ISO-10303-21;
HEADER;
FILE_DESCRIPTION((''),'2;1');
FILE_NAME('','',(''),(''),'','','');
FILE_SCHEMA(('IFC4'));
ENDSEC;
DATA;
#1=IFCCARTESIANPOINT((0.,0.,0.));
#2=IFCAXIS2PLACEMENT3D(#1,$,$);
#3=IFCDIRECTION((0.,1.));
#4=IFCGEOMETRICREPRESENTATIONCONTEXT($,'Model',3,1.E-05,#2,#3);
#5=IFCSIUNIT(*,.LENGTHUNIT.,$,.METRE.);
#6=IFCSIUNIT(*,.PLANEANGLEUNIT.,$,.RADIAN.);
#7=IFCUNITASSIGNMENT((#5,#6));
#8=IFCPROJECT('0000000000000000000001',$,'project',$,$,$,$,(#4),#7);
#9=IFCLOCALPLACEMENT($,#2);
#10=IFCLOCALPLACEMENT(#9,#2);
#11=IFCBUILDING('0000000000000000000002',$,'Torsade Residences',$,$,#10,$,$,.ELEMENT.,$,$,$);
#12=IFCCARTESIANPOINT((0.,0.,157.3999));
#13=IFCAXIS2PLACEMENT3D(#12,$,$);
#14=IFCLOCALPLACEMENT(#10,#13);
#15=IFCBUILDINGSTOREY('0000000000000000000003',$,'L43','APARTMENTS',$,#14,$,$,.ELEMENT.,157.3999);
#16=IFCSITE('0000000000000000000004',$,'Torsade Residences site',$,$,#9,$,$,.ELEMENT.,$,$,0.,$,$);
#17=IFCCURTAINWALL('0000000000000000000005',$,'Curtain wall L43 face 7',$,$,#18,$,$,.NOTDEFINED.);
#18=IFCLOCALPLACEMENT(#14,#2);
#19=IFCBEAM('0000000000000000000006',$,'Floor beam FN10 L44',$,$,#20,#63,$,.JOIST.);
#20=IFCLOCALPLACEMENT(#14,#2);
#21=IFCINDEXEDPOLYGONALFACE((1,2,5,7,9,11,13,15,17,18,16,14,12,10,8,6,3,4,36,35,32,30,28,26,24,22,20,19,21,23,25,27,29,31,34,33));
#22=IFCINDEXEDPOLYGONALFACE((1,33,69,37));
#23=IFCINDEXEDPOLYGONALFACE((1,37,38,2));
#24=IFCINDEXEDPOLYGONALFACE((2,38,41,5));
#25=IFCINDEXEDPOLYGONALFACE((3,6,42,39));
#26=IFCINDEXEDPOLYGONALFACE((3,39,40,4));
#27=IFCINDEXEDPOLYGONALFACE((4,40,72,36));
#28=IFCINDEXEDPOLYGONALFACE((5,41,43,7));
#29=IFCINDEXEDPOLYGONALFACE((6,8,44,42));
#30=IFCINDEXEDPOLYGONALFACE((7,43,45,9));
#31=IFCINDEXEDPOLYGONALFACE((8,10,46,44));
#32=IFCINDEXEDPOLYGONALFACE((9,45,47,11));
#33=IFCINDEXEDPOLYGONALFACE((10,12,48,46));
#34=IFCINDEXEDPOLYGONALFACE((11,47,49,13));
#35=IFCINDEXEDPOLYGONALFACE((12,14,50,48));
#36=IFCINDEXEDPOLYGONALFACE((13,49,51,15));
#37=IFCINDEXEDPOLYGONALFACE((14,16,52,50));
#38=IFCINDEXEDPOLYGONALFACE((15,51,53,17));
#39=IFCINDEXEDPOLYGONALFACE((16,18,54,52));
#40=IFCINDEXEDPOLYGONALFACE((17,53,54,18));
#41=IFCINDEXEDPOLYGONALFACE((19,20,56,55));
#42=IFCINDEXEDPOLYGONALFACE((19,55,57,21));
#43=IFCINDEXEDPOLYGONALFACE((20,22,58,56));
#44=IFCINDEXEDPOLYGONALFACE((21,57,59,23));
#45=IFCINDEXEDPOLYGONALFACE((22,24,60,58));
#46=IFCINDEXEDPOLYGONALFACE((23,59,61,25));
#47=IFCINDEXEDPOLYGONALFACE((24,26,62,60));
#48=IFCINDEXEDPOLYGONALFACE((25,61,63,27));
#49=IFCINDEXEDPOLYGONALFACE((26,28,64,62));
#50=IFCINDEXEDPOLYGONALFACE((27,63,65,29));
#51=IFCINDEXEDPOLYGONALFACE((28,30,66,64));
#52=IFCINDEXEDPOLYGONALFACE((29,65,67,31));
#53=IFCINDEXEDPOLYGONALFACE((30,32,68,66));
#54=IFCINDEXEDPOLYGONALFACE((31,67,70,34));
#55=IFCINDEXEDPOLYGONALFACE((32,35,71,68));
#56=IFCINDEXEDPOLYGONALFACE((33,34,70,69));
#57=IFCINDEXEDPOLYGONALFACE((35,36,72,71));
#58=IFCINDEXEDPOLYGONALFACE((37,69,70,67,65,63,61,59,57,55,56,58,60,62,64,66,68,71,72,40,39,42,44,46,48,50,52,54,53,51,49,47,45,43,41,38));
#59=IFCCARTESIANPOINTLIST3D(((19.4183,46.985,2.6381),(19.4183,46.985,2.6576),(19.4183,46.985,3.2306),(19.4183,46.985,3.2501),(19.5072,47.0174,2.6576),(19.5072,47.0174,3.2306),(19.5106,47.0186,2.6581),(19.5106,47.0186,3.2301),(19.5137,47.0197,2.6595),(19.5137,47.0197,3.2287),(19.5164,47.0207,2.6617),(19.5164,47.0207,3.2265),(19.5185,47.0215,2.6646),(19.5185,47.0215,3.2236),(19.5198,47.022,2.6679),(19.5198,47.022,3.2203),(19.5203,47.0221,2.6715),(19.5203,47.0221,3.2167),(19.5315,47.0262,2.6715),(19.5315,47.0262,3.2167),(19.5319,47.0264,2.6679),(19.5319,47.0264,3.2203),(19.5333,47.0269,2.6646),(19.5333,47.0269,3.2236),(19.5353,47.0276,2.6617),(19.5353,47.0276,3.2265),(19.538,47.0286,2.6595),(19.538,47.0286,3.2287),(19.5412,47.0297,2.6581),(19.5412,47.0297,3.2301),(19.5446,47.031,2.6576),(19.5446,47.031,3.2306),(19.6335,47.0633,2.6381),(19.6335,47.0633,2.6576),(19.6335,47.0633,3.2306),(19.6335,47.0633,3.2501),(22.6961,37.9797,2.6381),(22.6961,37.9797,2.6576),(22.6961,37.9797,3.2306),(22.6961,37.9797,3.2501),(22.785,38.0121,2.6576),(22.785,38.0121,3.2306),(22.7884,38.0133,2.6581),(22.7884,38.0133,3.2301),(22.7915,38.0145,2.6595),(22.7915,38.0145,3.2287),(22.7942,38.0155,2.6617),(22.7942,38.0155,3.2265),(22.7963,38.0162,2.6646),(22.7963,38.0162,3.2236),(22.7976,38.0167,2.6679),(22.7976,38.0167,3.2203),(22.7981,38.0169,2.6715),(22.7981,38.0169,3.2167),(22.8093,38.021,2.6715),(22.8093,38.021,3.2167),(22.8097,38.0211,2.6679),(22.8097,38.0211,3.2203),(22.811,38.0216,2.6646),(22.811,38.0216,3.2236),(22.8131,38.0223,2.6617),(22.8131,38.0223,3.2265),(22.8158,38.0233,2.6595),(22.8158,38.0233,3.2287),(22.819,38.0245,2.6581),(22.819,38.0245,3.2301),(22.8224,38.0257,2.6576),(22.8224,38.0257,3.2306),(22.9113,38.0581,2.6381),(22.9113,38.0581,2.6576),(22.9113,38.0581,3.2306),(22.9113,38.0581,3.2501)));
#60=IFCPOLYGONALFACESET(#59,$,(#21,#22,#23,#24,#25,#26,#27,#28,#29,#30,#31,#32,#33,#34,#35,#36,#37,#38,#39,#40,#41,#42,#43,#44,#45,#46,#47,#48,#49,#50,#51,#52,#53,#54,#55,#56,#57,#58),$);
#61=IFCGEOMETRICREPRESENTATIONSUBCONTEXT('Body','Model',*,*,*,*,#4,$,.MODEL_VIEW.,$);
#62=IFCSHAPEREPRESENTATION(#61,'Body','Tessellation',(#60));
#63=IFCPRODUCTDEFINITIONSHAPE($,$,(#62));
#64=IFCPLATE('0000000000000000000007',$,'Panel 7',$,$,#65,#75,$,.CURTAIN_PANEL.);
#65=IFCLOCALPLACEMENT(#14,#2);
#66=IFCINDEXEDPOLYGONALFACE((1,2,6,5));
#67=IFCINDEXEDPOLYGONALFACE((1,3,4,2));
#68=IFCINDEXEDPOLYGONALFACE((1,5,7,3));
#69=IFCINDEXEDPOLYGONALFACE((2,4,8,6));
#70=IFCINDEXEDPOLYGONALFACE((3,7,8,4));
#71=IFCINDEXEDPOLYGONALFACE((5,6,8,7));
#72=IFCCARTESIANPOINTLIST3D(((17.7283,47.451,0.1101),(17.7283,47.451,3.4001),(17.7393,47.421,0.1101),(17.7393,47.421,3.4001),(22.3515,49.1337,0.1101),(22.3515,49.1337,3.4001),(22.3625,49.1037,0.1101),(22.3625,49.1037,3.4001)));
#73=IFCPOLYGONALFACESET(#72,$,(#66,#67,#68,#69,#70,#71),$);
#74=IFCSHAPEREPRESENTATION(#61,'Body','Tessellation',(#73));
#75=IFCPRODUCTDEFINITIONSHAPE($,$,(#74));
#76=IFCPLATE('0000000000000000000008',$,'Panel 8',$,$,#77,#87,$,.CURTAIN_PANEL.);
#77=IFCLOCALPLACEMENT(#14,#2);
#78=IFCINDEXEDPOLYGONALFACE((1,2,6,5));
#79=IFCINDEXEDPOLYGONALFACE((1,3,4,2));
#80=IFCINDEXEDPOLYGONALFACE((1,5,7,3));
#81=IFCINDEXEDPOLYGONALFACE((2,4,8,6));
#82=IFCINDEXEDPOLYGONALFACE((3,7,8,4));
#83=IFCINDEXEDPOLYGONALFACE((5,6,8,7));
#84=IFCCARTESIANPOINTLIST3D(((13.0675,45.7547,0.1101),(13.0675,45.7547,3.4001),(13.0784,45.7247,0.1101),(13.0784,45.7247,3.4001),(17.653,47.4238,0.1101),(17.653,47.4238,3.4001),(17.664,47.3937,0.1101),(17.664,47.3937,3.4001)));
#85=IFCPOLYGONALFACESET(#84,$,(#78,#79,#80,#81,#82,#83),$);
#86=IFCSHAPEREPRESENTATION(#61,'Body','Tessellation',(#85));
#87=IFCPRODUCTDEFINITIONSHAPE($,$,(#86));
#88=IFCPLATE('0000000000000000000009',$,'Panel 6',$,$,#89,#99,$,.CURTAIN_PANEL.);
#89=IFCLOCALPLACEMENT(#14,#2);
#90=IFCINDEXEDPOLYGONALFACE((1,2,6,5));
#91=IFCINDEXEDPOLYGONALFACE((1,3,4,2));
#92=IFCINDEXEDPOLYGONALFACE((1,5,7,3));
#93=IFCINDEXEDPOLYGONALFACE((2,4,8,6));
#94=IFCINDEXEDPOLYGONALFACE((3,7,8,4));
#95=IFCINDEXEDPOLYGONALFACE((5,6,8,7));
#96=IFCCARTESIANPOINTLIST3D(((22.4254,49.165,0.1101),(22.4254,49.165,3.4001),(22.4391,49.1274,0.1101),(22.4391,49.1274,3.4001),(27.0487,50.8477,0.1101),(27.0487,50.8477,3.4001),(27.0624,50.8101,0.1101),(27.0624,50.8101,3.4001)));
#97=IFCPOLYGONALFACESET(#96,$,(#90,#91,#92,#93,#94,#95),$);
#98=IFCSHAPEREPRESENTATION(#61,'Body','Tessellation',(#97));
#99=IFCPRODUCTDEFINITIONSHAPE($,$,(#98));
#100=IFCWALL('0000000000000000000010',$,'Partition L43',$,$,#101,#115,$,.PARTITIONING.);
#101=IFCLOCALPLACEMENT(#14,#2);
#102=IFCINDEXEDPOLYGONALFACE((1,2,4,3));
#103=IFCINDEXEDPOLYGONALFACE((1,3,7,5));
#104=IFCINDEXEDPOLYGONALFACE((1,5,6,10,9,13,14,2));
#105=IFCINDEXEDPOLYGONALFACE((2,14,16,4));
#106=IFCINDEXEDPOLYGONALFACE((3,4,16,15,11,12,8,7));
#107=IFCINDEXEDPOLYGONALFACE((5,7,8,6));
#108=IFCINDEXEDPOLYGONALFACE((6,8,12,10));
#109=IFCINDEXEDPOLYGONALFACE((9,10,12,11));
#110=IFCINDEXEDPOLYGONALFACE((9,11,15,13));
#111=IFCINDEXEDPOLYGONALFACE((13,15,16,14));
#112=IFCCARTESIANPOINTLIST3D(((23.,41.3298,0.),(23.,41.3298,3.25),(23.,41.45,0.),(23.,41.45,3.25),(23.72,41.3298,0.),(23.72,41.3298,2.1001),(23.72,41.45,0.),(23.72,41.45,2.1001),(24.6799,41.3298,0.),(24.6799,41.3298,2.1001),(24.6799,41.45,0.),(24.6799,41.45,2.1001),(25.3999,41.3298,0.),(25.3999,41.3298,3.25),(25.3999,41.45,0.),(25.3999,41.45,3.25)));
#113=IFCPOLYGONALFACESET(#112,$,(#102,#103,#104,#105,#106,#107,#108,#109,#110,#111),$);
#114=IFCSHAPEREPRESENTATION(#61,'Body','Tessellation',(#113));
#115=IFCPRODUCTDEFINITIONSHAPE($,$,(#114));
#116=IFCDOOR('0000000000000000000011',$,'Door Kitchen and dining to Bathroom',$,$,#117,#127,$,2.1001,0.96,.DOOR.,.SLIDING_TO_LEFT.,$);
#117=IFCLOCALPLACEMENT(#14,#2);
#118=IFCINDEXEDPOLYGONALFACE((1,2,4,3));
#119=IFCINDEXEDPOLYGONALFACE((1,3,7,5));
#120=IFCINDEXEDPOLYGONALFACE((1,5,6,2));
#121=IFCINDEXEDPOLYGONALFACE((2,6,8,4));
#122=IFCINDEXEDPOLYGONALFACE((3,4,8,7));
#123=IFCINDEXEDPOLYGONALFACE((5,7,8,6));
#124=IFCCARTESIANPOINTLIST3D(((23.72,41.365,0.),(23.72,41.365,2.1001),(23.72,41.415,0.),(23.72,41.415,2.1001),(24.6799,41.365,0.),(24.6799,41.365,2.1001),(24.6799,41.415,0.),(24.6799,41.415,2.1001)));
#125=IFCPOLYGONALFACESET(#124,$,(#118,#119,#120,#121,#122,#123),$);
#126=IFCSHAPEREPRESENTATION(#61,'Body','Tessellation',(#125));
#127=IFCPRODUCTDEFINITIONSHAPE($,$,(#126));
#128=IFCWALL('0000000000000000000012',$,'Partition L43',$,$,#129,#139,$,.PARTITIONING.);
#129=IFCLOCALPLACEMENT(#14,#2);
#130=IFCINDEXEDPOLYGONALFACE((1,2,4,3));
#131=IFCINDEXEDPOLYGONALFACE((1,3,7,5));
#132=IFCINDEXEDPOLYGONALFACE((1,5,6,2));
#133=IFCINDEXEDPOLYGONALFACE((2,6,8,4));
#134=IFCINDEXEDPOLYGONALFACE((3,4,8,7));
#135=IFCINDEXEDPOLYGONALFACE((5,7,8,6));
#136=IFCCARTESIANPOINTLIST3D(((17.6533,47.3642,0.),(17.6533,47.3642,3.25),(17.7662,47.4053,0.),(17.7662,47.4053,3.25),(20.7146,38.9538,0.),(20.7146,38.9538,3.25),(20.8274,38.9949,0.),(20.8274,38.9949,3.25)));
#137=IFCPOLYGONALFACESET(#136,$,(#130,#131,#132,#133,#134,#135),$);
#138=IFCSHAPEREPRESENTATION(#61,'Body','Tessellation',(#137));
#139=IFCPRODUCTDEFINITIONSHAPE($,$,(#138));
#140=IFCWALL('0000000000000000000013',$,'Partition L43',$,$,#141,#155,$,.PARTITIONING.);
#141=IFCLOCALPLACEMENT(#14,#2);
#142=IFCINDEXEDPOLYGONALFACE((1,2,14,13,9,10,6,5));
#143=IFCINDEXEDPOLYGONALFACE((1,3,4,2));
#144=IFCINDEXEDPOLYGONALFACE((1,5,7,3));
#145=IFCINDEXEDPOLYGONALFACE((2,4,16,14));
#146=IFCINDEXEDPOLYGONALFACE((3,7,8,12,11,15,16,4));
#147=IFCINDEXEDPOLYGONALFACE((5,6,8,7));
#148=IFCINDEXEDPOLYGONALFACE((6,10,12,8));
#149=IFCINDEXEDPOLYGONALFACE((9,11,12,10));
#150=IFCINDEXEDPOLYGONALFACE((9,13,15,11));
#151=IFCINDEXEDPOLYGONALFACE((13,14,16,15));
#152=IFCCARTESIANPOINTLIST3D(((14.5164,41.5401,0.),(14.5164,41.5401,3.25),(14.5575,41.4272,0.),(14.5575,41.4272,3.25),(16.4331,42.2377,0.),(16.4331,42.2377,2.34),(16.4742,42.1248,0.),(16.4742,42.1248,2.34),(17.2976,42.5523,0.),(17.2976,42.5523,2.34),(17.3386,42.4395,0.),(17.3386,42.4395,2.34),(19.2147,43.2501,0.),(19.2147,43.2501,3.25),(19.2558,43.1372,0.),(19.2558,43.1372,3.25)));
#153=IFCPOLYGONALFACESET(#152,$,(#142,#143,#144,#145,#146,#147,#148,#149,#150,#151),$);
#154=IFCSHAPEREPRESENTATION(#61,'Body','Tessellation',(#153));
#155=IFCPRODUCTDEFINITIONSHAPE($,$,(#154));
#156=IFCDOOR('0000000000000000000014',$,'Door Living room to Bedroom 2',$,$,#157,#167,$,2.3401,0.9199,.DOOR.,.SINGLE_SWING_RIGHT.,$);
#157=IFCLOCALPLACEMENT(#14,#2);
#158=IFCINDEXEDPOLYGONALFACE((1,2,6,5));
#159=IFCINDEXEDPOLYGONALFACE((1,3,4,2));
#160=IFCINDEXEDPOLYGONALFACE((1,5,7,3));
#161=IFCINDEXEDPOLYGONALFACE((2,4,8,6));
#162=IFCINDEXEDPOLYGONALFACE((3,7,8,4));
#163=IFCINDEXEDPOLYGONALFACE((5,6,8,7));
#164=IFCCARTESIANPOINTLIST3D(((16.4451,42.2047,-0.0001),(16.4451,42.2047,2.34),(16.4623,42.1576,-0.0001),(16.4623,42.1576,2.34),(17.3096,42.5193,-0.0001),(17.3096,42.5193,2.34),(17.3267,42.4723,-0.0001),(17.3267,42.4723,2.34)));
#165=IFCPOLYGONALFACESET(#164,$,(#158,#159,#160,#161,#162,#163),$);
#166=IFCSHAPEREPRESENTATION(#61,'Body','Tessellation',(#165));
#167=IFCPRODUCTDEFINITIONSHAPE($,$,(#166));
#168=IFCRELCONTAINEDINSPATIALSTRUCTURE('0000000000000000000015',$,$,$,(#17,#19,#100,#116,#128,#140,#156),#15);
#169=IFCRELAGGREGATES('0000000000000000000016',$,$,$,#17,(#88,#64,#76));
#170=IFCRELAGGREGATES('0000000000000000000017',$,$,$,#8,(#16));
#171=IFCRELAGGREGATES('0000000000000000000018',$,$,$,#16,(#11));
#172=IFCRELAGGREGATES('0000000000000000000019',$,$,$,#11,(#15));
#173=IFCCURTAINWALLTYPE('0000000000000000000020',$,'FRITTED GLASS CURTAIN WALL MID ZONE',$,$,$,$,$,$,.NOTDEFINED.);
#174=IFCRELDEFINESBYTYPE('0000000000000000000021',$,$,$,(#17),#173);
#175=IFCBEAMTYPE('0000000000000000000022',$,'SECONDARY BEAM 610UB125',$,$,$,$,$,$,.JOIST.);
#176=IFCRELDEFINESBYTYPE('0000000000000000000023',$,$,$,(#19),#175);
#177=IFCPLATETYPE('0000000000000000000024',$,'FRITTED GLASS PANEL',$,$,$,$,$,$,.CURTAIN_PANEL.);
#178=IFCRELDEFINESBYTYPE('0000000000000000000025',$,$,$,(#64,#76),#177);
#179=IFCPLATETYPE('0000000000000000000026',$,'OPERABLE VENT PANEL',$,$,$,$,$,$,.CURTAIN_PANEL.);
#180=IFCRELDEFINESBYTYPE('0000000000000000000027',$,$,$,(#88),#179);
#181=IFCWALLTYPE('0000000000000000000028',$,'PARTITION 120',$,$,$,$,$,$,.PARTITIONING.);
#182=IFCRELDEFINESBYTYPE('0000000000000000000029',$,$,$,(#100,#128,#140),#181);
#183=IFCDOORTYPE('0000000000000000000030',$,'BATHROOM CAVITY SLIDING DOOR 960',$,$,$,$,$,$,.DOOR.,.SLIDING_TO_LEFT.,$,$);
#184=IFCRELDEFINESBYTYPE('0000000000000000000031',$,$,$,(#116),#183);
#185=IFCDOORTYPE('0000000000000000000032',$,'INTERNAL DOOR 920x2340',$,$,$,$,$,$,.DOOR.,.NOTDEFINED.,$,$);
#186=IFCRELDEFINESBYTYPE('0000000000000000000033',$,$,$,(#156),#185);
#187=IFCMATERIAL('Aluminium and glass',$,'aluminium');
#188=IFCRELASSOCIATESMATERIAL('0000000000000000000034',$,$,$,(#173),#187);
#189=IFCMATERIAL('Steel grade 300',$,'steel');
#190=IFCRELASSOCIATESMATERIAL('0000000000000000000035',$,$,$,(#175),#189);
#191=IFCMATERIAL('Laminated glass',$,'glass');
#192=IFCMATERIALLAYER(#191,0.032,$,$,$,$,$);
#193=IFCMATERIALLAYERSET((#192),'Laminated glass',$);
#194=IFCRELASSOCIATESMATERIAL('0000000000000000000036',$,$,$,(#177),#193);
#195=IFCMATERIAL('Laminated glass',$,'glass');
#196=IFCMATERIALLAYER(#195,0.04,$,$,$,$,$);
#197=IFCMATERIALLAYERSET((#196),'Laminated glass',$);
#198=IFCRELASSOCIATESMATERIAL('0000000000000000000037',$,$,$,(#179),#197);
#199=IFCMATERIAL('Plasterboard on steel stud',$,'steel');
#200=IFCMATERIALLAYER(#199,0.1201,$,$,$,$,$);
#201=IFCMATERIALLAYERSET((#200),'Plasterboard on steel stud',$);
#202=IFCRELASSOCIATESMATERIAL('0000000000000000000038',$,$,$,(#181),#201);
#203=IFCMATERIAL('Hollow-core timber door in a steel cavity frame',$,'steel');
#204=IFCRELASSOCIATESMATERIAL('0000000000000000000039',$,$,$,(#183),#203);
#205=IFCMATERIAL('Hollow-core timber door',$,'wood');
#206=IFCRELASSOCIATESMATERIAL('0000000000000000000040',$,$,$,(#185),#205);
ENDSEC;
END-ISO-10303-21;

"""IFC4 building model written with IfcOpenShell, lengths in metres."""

from ifc_helpers import new_model, si_unit, direction, frame, frame_2d, origin, origin_2d, place, context, subcontext, project, spatial, rectangle, i_section, extrude, material, layer, layer_set, material_profile, profile_set, type_object, element, fill, aggregate, save


model = new_model("IFC4")

# Units and contexts
model_context = context("Model", 3, precision=1e-05, world=origin(), true_north=direction((0.0, 1.0)))
body_context = subcontext(model_context, "Body", "Model", "MODEL_VIEW")
ifc_project = project(units=[si_unit("LENGTHUNIT", "METRE"), si_unit("PLANEANGLEUNIT", "RADIAN")], contexts=[model_context])

# Site, building, storey
site_placement = place(None, origin())
site = spatial("IfcSite", under=ifc_project, at=site_placement, Name="Torsade Residences site", CompositionType="ELEMENT", RefElevation=0.0)
building_placement = place(site_placement, origin())
building = spatial("IfcBuilding", under=site, at=building_placement, Name="Torsade Residences", CompositionType="ELEMENT")
storey_placement = place(building_placement, frame((0.0, 0.0, 157.3999)))
storey = spatial("IfcBuildingStorey", under=building, at=storey_placement, Name="L43", Description="APARTMENTS", CompositionType="ELEMENT", Elevation=157.3999)

# Curtain wall
ifc_material_1 = material(Name="Aluminium and glass", Category="aluminium")
curtain_wall_type = type_object("IfcCurtainWallType", Name="FRITTED GLASS CURTAIN WALL MID ZONE", PredefinedType="NOTDEFINED", material=ifc_material_1)
curtain_wall_placement = place(storey_placement, origin())
curtain_wall = element("IfcCurtainWall", 1, at=curtain_wall_placement, inside=storey, type_object=curtain_wall_type, Name="Curtain wall L43 face 7", PredefinedType="NOTDEFINED")

# Beam
ifc_material_2 = material(Name="Steel grade 300", Category="steel")
ifc_material_profile_1 = material_profile(ifc_material_2, i_section(OverallWidth=0.229, OverallDepth=0.6121, WebThickness=0.012, FlangeThickness=0.0195, FilletRadius=0.0139, at=origin_2d()), Name="610UB125")
ifc_profile_set_1 = profile_set([ifc_material_profile_1], Name="Steel grade 300")
beam_type_1 = type_object("IfcBeamType", Name="SECONDARY BEAM 610UB125", PredefinedType="JOIST", material=ifc_profile_set_1)
beam_1_placement = place(storey_placement, frame((19.5259, 47.0242, 2.9441), z_axis=(0.342034, -0.939688, 0.0), x_axis=(0.939688, 0.342034, 0.0)))
element("IfcBeam", 2, at=beam_1_placement, inside=storey, type_object=beam_type_1, Name="Floor beam FN10 L44", PredefinedType="JOIST", context=body_context, shape_type="SweptSolid", body=[
    extrude(i_section(OverallWidth=0.229, OverallDepth=0.6121, WebThickness=0.012, FlangeThickness=0.0195, FilletRadius=0.0139, at=origin_2d()), origin(), (0.0, 0.0, 1.0), 9.5833),
])

# Plates
ifc_material_3 = material(Name="Laminated glass", Category="glass")
ifc_layer_1 = layer(ifc_material_3, 0.032)
ifc_layer_set_1 = layer_set([ifc_layer_1], Name="Laminated glass")
plate_type_1 = type_object("IfcPlateType", Name="FRITTED GLASS PANEL", PredefinedType="CURTAIN_PANEL", material=ifc_layer_set_1)
plate_1_placement = place(storey_placement, frame((20.0454, 48.2773, 0.1101), z_axis=(0.0, 0.0, 1.0), x_axis=(-0.939693, -0.34202, 0.0)))
plate_1 = element("IfcPlate", 3, at=plate_1_placement, type_object=plate_type_1, Name="Panel 7", PredefinedType="CURTAIN_PANEL", context=body_context, shape_type="SweptSolid", body=[
    extrude(rectangle(XDim=4.9199, YDim=0.032, at=origin_2d()), origin(), (0.0, 0.0, 1.0), 3.29),
])
plate_2_placement = place(storey_placement, frame((15.3657, 46.5742, 0.1101), z_axis=(0.0, 0.0, 1.0), x_axis=(-0.939693, -0.34202, 0.0)))
plate_2 = element("IfcPlate", 4, at=plate_2_placement, type_object=plate_type_1, Name="Panel 8", PredefinedType="CURTAIN_PANEL", context=body_context, shape_type="SweptSolid", body=[
    extrude(rectangle(XDim=4.8799, YDim=0.032, at=origin_2d()), origin(), (0.0, 0.0, 1.0), 3.29),
])
ifc_material_4 = material(Name="Laminated glass", Category="glass")
ifc_layer_2 = layer(ifc_material_4, 0.04)
ifc_layer_set_2 = layer_set([ifc_layer_2], Name="Laminated glass")
plate_type_2 = type_object("IfcPlateType", Name="OPERABLE VENT PANEL", PredefinedType="CURTAIN_PANEL", material=ifc_layer_set_2)
plate_3_placement = place(storey_placement, frame((24.7439, 49.9875, 0.1101), z_axis=(0.0, 0.0, 1.0), x_axis=(-0.939693, -0.34202, 0.0)))
plate_3 = element("IfcPlate", 5, at=plate_3_placement, type_object=plate_type_2, Name="Panel 6", PredefinedType="CURTAIN_PANEL", context=body_context, shape_type="SweptSolid", body=[
    extrude(rectangle(XDim=4.9199, YDim=0.04, at=origin_2d()), origin(), (0.0, 0.0, 1.0), 3.29),
])
aggregate(curtain_wall, [plate_3, plate_1, plate_2])

# Wall, opening, door
ifc_material_5 = material(Name="Plasterboard on steel stud", Category="steel")
ifc_layer_3 = layer(ifc_material_5, 0.1201)
ifc_layer_set_3 = layer_set([ifc_layer_3], Name="Plasterboard on steel stud")
wall_type_1 = type_object("IfcWallType", Name="PARTITION 120", PredefinedType="PARTITIONING", material=ifc_layer_set_3)
wall_1_placement = place(storey_placement, frame((25.3999, 41.3899, 0.0), z_axis=(0.0, 0.0, 1.0), x_axis=(-1.0, 0.0, 0.0)))
wall_1 = element("IfcWall", 6, at=wall_1_placement, inside=storey, type_object=wall_type_1, Name="Partition L43", PredefinedType="PARTITIONING", context=body_context, shape_type="SweptSolid", body=[
    extrude(rectangle(XDim=2.3999, YDim=0.1201, at=frame_2d((1.2, 0.0))), origin(), (0.0, 0.0, 1.0), 3.25),
])
opening_1_placement = place(wall_1_placement, frame((0.72, 0.0, 0.0)))
opening_1 = element("IfcOpeningElement", 7, at=opening_1_placement, cuts=wall_1, PredefinedType="OPENING", context=body_context, shape_type="SweptSolid", body=[
    extrude(rectangle(XDim=0.96, YDim=2.1001, at=frame_2d((0.48, 1.05))), frame((0.0, 0.0701, 0.0), z_axis=(0.0, -1.0, 0.0), x_axis=(1.0, 0.0, 0.0)), (0.0, 0.0, 1.0), 0.1401),
])
ifc_material_6 = material(Name="Hollow-core timber door in a steel cavity frame", Category="steel")
door_type_1 = type_object("IfcDoorType", Name="BATHROOM CAVITY SLIDING DOOR 960", OperationType="SLIDING_TO_LEFT", PredefinedType="DOOR", material=ifc_material_6)
door_1_placement = place(opening_1_placement, origin())
door_1 = element("IfcDoor", 8, at=door_1_placement, inside=storey, type_object=door_type_1, Name="Door Kitchen and dining to Bathroom", OperationType="SLIDING_TO_LEFT", OverallHeight=2.1001, OverallWidth=0.96, PredefinedType="DOOR", context=body_context, shape_type="SweptSolid", body=[
    extrude(rectangle(XDim=0.96, YDim=2.1001, at=frame_2d((0.48, 1.05))), frame((0.0, 0.0249, 0.0), z_axis=(0.0, -1.0, 0.0), x_axis=(1.0, 0.0, 0.0)), (0.0, 0.0, 1.0), 0.05),
])
fill(opening_1, door_1)

# Wall
wall_2_placement = place(storey_placement, frame((17.7097, 47.3848, 0.0), z_axis=(0.0, 0.0, 1.0), x_axis=(0.342034, -0.939687, 0.0)))
element("IfcWall", 9, at=wall_2_placement, inside=storey, type_object=wall_type_1, Name="Partition L43", PredefinedType="PARTITIONING", context=body_context, shape_type="SweptSolid", body=[
    extrude(rectangle(XDim=8.9502, YDim=0.1201, at=frame_2d((4.4751, 0.0))), origin(), (0.0, 0.0, 1.0), 3.25),
])

# Wall, opening, door
wall_3_placement = place(storey_placement, frame((14.5369, 41.4836, 0.0), z_axis=(0.0, 0.0, 1.0), x_axis=(0.939696, 0.34201, 0.0)))
wall_3 = element("IfcWall", 10, at=wall_3_placement, inside=storey, type_object=wall_type_1, Name="Partition L43", PredefinedType="PARTITIONING", context=body_context, shape_type="SweptSolid", body=[
    extrude(rectangle(XDim=4.9998, YDim=0.1201, at=frame_2d((2.5, 0.0))), origin(), (0.0, 0.0, 1.0), 3.25),
])
opening_2_placement = place(wall_3_placement, frame((2.0398, 0.0, 0.0)))
opening_2 = element("IfcOpeningElement", 11, at=opening_2_placement, cuts=wall_3, PredefinedType="OPENING", context=body_context, shape_type="SweptSolid", body=[
    extrude(rectangle(XDim=0.9199, YDim=2.3401, at=frame_2d((0.46, 1.1699))), frame((0.0, 0.0701, 0.0), z_axis=(0.0, -1.0, 0.0), x_axis=(1.0, 0.0, 0.0)), (0.0, 0.0, 1.0), 0.1401),
])
ifc_material_7 = material(Name="Hollow-core timber door", Category="wood")
door_type_2 = type_object("IfcDoorType", Name="INTERNAL DOOR 920x2340", OperationType="NOTDEFINED", PredefinedType="DOOR", material=ifc_material_7)
door_2_placement = place(opening_2_placement, origin())
door_2 = element("IfcDoor", 12, at=door_2_placement, inside=storey, type_object=door_type_2, Name="Door Living room to Bedroom 2", OperationType="SINGLE_SWING_RIGHT", OverallHeight=2.3401, OverallWidth=0.9199, PredefinedType="DOOR", context=body_context, shape_type="SweptSolid", body=[
    extrude(rectangle(XDim=0.9199, YDim=2.3401, at=frame_2d((0.46, 1.1699))), frame((0.0, 0.0249, 0.0), z_axis=(0.0, -1.0, 0.0), x_axis=(1.0, 0.0, 0.0)), (0.0, 0.0, 1.0), 0.05),
])
fill(opening_2, door_2)

save(model, "model.ifc")
